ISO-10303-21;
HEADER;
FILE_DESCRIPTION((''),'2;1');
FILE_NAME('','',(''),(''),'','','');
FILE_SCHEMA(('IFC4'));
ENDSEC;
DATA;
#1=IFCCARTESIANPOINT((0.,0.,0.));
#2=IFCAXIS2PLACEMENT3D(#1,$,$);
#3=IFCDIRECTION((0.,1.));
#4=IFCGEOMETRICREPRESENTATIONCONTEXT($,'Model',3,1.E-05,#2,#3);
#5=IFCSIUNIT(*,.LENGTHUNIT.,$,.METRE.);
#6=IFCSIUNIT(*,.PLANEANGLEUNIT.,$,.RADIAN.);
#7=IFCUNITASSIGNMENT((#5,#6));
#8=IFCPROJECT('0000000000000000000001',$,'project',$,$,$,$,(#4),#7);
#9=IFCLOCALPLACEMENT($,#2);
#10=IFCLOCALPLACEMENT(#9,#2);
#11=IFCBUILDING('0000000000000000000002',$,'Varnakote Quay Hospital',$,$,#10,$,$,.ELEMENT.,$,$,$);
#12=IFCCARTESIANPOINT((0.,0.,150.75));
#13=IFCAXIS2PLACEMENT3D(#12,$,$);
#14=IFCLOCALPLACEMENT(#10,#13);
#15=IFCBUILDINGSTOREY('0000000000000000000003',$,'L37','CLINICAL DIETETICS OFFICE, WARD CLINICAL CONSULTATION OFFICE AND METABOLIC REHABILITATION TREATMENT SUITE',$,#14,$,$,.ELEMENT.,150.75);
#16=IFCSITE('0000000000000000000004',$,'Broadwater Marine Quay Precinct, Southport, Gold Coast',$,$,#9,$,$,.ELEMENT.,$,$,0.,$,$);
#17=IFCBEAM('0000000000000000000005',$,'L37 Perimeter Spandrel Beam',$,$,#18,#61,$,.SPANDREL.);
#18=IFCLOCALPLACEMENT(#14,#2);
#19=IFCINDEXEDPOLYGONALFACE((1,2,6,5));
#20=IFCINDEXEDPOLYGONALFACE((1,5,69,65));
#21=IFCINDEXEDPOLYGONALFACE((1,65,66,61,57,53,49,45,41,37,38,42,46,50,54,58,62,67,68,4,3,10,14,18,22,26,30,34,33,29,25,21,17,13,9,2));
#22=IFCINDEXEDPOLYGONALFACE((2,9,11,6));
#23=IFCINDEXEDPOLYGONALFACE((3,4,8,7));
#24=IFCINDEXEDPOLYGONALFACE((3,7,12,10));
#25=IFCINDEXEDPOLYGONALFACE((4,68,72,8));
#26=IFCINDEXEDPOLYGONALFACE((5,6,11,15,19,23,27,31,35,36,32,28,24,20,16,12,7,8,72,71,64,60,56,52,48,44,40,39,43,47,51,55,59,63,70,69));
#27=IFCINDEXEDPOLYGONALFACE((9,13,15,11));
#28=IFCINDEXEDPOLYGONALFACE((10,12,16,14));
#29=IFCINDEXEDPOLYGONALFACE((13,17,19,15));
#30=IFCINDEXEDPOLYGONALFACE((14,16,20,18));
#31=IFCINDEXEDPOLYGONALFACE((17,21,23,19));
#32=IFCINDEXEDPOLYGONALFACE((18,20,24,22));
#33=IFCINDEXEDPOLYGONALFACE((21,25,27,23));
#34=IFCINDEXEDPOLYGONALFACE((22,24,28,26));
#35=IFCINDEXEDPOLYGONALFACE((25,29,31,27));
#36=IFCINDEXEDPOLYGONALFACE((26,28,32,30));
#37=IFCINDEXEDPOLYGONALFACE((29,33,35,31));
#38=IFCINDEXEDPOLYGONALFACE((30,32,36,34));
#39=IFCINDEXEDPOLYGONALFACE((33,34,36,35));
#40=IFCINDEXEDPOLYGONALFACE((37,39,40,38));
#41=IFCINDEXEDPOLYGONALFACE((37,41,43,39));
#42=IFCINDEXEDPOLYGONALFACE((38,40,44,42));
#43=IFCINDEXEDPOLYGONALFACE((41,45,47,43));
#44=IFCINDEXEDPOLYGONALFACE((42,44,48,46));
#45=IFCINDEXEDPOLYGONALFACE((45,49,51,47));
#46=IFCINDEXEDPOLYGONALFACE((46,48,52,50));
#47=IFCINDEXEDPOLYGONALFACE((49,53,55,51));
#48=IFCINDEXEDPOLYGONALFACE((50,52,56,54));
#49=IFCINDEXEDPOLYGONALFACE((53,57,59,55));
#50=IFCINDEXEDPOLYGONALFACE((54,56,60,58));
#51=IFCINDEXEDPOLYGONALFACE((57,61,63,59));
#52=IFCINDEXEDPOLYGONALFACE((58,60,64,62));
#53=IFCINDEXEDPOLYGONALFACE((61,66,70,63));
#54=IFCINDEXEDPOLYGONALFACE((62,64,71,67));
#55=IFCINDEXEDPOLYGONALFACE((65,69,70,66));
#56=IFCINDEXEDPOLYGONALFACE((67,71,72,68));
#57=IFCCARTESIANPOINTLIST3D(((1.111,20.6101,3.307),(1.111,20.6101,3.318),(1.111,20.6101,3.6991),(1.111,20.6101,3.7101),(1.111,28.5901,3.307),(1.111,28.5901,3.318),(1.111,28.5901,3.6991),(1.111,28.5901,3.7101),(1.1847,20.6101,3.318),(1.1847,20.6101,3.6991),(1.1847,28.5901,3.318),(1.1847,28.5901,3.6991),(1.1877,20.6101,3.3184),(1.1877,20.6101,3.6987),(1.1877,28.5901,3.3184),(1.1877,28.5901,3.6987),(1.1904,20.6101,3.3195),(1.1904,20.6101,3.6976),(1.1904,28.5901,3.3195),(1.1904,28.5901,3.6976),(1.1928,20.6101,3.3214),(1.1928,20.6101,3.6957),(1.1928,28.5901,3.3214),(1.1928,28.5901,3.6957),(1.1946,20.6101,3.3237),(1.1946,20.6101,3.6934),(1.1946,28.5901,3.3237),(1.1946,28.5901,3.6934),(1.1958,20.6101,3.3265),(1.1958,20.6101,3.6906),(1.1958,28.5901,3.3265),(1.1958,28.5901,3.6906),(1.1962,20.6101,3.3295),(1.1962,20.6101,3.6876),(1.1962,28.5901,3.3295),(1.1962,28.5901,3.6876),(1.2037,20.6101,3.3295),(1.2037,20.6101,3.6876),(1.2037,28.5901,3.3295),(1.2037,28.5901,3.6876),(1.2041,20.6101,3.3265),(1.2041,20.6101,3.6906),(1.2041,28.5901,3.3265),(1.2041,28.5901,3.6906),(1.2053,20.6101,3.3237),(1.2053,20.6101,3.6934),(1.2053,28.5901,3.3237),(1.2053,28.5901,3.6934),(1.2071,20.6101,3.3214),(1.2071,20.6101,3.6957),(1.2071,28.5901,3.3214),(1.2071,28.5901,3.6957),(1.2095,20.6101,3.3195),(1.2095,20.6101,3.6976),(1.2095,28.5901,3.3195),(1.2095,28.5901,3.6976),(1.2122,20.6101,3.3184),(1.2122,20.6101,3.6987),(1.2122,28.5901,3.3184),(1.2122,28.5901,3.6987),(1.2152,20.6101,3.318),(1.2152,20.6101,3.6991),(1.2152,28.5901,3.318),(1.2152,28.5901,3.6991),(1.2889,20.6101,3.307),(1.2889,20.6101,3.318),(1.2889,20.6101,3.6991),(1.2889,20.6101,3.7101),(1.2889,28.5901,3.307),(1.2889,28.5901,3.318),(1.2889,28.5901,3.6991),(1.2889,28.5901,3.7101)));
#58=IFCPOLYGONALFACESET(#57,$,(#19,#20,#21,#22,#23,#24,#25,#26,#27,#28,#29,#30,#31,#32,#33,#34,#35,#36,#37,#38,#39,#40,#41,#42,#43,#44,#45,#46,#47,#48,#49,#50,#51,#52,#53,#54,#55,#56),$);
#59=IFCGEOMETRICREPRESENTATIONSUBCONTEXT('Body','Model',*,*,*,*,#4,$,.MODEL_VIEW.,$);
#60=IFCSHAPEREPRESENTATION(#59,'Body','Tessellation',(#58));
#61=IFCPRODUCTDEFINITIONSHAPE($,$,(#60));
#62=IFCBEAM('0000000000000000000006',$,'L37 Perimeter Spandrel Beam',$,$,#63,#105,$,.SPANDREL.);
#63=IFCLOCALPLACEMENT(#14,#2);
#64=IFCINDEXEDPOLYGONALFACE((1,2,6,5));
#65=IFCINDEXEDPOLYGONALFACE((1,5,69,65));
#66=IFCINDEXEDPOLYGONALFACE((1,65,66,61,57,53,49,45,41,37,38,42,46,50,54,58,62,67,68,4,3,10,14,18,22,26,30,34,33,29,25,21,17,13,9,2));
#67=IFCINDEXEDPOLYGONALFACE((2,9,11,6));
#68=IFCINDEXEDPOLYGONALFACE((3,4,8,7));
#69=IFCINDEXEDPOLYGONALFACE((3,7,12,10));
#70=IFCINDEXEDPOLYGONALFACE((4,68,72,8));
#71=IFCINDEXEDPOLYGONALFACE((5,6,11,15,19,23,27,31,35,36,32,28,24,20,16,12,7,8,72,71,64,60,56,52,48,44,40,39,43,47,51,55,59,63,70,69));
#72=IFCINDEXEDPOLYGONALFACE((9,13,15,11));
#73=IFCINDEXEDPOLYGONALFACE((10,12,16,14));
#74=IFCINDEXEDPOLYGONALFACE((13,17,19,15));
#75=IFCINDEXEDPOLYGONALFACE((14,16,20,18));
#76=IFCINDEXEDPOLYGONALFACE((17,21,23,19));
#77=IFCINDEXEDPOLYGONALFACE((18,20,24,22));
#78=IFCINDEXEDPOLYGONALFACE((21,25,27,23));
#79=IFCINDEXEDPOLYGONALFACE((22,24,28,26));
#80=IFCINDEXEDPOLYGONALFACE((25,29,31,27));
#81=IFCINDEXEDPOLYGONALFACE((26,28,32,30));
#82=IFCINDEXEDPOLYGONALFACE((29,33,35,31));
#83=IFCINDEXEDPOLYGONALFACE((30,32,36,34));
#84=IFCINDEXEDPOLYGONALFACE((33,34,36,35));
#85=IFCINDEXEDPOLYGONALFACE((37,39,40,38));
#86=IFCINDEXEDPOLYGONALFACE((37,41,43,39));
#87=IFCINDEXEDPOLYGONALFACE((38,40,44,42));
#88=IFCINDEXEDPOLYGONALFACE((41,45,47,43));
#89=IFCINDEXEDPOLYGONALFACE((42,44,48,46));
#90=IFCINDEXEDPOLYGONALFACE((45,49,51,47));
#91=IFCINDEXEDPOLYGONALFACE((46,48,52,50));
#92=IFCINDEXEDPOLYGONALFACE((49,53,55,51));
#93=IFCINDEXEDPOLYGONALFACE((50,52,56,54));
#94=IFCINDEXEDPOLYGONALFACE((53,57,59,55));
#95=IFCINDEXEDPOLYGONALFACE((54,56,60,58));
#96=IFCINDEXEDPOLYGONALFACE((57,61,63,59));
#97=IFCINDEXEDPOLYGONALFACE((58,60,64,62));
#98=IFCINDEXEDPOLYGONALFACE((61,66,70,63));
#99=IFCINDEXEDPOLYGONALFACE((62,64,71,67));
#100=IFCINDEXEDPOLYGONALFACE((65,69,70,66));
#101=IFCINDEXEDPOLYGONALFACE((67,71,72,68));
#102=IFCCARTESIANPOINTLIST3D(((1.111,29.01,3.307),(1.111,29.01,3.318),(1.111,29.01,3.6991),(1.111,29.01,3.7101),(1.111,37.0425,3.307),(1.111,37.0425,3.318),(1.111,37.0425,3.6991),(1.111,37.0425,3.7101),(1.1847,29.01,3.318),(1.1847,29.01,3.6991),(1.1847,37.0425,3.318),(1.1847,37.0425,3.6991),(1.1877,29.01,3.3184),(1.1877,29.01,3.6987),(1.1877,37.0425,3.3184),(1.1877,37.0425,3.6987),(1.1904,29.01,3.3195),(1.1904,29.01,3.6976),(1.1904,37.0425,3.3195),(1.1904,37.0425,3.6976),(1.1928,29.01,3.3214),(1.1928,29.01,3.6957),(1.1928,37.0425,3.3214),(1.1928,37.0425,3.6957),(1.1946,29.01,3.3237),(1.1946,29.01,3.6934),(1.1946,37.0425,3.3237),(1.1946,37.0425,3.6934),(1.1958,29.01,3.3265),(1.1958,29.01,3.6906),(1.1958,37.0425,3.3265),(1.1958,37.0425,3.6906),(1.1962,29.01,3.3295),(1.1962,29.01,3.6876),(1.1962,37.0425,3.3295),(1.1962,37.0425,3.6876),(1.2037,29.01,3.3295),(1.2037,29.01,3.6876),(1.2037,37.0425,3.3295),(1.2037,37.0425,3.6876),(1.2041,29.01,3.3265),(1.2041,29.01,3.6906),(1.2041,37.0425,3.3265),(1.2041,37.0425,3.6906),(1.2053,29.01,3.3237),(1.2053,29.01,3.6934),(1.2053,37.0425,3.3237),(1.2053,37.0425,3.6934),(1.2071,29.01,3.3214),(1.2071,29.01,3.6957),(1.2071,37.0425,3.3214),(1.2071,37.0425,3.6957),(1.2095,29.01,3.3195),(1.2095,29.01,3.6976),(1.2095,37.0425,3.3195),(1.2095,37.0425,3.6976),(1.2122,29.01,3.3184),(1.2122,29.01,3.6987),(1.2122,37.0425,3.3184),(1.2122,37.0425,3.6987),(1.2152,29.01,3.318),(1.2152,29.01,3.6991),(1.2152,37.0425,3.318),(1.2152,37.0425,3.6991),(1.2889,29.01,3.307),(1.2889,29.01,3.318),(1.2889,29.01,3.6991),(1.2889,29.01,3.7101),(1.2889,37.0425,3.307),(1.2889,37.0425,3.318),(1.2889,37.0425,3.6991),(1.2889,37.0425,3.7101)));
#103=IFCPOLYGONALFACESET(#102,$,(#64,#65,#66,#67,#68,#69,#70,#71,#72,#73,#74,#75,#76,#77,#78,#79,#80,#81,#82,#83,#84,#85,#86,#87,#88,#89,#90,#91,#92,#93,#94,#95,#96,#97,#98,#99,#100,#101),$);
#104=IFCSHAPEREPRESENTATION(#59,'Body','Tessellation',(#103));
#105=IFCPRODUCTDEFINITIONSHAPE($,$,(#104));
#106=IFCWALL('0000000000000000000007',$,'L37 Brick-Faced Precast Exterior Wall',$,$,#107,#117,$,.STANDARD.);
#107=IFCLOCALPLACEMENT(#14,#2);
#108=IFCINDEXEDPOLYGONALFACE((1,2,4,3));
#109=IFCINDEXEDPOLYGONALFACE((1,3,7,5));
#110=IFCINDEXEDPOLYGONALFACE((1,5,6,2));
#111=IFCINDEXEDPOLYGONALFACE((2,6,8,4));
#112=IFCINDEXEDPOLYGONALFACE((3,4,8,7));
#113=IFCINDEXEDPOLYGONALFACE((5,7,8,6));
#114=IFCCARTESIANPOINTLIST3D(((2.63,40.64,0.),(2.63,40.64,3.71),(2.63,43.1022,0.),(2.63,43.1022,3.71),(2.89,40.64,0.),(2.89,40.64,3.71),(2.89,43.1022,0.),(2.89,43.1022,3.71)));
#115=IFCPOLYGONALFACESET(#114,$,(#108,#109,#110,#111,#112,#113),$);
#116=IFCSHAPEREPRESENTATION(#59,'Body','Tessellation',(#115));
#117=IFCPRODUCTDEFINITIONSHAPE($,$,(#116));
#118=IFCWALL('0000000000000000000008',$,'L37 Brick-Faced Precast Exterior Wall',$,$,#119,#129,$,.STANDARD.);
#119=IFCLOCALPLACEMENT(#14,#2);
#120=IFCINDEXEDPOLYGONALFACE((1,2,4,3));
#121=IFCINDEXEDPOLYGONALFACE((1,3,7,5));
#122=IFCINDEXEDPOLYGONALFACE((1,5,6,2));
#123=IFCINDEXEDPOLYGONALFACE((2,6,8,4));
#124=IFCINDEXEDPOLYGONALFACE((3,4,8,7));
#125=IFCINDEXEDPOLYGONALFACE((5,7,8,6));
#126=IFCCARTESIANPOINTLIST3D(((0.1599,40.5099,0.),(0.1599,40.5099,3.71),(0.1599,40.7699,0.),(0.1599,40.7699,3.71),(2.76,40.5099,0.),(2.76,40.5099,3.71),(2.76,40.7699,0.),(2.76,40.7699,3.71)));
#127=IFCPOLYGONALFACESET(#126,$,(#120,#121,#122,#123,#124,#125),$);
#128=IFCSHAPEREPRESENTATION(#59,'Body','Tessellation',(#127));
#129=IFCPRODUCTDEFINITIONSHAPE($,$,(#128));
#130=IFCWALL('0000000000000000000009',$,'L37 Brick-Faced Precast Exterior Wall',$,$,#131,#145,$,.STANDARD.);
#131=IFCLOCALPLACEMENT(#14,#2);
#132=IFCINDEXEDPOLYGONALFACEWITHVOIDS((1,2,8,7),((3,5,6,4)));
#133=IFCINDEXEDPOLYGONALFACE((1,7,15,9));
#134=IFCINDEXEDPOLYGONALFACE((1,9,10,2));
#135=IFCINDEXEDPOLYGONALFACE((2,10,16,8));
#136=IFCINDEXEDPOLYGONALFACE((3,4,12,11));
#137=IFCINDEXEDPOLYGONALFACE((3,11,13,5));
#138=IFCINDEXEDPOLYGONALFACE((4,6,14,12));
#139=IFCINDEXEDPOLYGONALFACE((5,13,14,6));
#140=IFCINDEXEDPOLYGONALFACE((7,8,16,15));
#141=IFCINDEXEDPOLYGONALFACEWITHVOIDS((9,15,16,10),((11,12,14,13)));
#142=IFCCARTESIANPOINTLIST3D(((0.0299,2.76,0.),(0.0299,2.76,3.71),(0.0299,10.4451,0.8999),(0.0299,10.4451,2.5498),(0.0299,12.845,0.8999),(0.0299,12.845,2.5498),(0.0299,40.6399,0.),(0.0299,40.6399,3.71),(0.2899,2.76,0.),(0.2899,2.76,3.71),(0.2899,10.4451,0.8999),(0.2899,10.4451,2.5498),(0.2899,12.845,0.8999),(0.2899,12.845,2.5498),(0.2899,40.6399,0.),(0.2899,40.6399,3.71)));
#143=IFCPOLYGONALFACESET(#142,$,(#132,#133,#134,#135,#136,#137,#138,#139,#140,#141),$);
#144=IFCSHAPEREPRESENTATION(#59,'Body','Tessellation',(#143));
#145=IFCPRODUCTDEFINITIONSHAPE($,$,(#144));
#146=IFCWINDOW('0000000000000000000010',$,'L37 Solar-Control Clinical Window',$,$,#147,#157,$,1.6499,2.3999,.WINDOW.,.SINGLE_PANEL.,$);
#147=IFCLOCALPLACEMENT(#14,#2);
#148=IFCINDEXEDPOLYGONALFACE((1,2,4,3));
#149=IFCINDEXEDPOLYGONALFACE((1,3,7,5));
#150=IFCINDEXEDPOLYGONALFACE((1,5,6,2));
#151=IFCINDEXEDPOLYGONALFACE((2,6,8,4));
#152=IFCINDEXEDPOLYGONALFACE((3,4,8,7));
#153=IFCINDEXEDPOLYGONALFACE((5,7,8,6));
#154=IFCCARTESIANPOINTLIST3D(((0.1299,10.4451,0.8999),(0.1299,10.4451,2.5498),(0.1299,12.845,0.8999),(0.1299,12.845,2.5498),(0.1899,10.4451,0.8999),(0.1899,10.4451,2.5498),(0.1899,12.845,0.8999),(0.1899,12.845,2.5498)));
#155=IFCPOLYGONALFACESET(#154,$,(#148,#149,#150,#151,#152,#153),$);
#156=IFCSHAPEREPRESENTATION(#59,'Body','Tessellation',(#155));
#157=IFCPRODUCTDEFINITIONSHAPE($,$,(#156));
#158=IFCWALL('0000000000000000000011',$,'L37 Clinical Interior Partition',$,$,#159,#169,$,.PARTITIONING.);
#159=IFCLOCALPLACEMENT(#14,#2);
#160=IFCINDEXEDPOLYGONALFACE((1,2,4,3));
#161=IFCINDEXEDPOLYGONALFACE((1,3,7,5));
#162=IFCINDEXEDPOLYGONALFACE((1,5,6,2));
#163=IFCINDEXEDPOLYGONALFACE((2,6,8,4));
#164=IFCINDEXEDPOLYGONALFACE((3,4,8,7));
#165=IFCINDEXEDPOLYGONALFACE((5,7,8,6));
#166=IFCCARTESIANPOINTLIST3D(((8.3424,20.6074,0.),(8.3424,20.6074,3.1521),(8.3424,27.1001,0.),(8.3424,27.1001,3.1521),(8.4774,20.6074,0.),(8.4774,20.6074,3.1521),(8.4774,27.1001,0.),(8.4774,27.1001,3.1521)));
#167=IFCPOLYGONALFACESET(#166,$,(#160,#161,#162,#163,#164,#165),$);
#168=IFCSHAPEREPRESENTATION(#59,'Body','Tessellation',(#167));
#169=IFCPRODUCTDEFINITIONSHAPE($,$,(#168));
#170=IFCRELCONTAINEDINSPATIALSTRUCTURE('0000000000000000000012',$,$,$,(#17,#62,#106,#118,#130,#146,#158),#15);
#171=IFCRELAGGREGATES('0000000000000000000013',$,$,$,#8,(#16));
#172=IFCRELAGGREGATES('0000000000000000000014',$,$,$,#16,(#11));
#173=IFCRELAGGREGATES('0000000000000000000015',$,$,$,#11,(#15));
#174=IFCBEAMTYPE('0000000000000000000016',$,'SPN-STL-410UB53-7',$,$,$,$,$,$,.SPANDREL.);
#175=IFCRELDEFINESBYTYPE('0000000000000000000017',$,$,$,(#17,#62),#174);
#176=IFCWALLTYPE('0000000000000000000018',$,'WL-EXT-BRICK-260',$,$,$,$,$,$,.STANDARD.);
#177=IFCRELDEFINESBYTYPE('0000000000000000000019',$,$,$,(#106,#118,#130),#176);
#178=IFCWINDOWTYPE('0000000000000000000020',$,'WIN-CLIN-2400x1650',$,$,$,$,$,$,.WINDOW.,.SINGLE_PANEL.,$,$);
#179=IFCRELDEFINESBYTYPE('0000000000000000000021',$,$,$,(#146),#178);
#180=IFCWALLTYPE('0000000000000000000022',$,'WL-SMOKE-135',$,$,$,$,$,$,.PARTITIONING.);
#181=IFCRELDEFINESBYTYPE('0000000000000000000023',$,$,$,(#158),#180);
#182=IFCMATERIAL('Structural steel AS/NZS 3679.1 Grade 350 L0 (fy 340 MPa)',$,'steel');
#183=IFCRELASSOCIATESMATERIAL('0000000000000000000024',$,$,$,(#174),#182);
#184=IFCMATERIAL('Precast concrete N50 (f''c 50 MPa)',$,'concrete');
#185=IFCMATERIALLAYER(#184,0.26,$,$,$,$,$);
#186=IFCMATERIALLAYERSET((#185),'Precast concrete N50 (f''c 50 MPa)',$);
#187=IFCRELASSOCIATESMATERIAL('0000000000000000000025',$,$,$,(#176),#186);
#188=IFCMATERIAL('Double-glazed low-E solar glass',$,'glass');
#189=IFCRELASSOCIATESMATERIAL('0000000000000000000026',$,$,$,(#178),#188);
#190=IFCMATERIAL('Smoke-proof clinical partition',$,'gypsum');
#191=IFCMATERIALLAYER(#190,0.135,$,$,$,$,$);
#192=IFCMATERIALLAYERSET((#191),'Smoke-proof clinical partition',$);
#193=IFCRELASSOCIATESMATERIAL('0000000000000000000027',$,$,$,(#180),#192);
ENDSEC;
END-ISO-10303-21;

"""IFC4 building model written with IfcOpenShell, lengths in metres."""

from ifc_helpers import new_model, si_unit, direction, frame, frame_2d, origin, origin_2d, place, context, subcontext, project, spatial, rectangle, i_section, extrude, material, layer, layer_set, material_profile, profile_set, type_object, element, fill, save


model = new_model("IFC4")

# Units and contexts
model_context = context("Model", 3, precision=1e-05, world=origin(), true_north=direction((0.0, 1.0)))
body_context = subcontext(model_context, "Body", "Model", "MODEL_VIEW")
ifc_project = project(units=[si_unit("LENGTHUNIT", "METRE"), si_unit("PLANEANGLEUNIT", "RADIAN")], contexts=[model_context])

# Site, building, storey
site_placement = place(None, origin())
site = spatial("IfcSite", under=ifc_project, at=site_placement, Name="Broadwater Marine Quay Precinct, Southport, Gold Coast", CompositionType="ELEMENT", RefElevation=0.0)
building_placement = place(site_placement, origin())
building = spatial("IfcBuilding", under=site, at=building_placement, Name="Varnakote Quay Hospital", CompositionType="ELEMENT")
storey_placement = place(building_placement, frame((0.0, 0.0, 150.75)))
storey = spatial("IfcBuildingStorey", under=building, at=storey_placement, Name="L37", Description="CLINICAL DIETETICS OFFICE, WARD CLINICAL CONSULTATION OFFICE AND METABOLIC REHABILITATION TREATMENT SUITE", CompositionType="ELEMENT", Elevation=150.75)

# Beams
ifc_material_1 = material(Name="Structural steel AS/NZS 3679.1 Grade 350 L0 (fy 340 MPa)", Category="steel")
ifc_material_profile_1 = material_profile(ifc_material_1, i_section(OverallWidth=0.178, OverallDepth=0.4031, WebThickness=0.0076, FlangeThickness=0.011, FilletRadius=0.0115, at=origin_2d()), Name="410UB53.7")
ifc_profile_set_1 = profile_set([ifc_material_profile_1], Name="Structural steel AS/NZS 3679.1 Grade 350 L0 (fy 340 MPa)")
beam_type_1 = type_object("IfcBeamType", Name="SPN-STL-410UB53-7", PredefinedType="SPANDREL", material=ifc_profile_set_1)
beam_1_placement = place(storey_placement, frame((1.2, 20.6101, 3.5085), z_axis=(0.0, 1.0, 0.0), x_axis=(-1.0, 0.0, 0.0)))
element("IfcBeam", 1, at=beam_1_placement, inside=storey, type_object=beam_type_1, Name="L37 Perimeter Spandrel Beam", PredefinedType="SPANDREL", context=body_context, shape_type="SweptSolid", body=[
    extrude(i_section(OverallWidth=0.178, OverallDepth=0.4031, WebThickness=0.0076, FlangeThickness=0.011, FilletRadius=0.0115, at=origin_2d()), origin(), (0.0, 0.0, 1.0), 7.98),
])
beam_2_placement = place(storey_placement, frame((1.2, 29.01, 3.5085), z_axis=(0.0, 1.0, 0.0), x_axis=(-1.0, 0.0, 0.0)))
element("IfcBeam", 2, at=beam_2_placement, inside=storey, type_object=beam_type_1, Name="L37 Perimeter Spandrel Beam", PredefinedType="SPANDREL", context=body_context, shape_type="SweptSolid", body=[
    extrude(i_section(OverallWidth=0.178, OverallDepth=0.4031, WebThickness=0.0076, FlangeThickness=0.011, FilletRadius=0.0115, at=origin_2d()), origin(), (0.0, 0.0, 1.0), 8.0325),
])

# Walls
ifc_material_2 = material(Name="Precast concrete N50 (f'c 50 MPa)", Category="concrete")
ifc_layer_1 = layer(ifc_material_2, 0.26)
ifc_layer_set_1 = layer_set([ifc_layer_1], Name="Precast concrete N50 (f'c 50 MPa)")
wall_type_1 = type_object("IfcWallType", Name="WL-EXT-BRICK-260", PredefinedType="STANDARD", material=ifc_layer_set_1)
wall_1_placement = place(storey_placement, frame((2.76, 43.1021, 0.0), z_axis=(0.0, 0.0, 1.0), x_axis=(0.0, -1.0, 0.0)))
element("IfcWall", 3, at=wall_1_placement, inside=storey, type_object=wall_type_1, Name="L37 Brick-Faced Precast Exterior Wall", PredefinedType="STANDARD", context=body_context, shape_type="SweptSolid", body=[
    extrude(rectangle(XDim=2.4622, YDim=0.26, at=frame_2d((1.231, 0.0))), origin(), (0.0, 0.0, 1.0), 3.71),
])
wall_2_placement = place(storey_placement, frame((2.76, 40.6399, 0.0), z_axis=(0.0, 0.0, 1.0), x_axis=(-1.0, 0.0, 0.0)))
element("IfcWall", 4, at=wall_2_placement, inside=storey, type_object=wall_type_1, Name="L37 Brick-Faced Precast Exterior Wall", PredefinedType="STANDARD", context=body_context, shape_type="SweptSolid", body=[
    extrude(rectangle(XDim=2.6001, YDim=0.26, at=frame_2d((1.3, 0.0))), origin(), (0.0, 0.0, 1.0), 3.71),
])

# Wall, opening, window
wall_3_placement = place(storey_placement, frame((0.1599, 40.6399, 0.0), z_axis=(0.0, 0.0, 1.0), x_axis=(0.0, -1.0, 0.0)))
wall_3 = element("IfcWall", 5, at=wall_3_placement, inside=storey, type_object=wall_type_1, Name="L37 Brick-Faced Precast Exterior Wall", PredefinedType="STANDARD", context=body_context, shape_type="SweptSolid", body=[
    extrude(rectangle(XDim=37.8799, YDim=0.26, at=frame_2d((18.9399, 0.0))), origin(), (0.0, 0.0, 1.0), 3.71),
])
opening_1_placement = place(wall_3_placement, frame((27.7949, 0.0, 0.8999)))
opening_1 = element("IfcOpeningElement", 6, at=opening_1_placement, cuts=wall_3, PredefinedType="OPENING", context=body_context, shape_type="SweptSolid", body=[
    extrude(rectangle(XDim=2.3999, YDim=1.6499, at=frame_2d((1.2, 0.825))), frame((0.0, 0.1399, 0.0), z_axis=(0.0, -1.0, 0.0), x_axis=(1.0, 0.0, 0.0)), (0.0, 0.0, 1.0), 0.28),
])
ifc_material_3 = material(Name="Double-glazed low-E solar glass", Category="glass")
window_type = type_object("IfcWindowType", Name="WIN-CLIN-2400x1650", PartitioningType="SINGLE_PANEL", PredefinedType="WINDOW", material=ifc_material_3)
window_placement = place(opening_1_placement, origin())
window = element("IfcWindow", 7, at=window_placement, inside=storey, type_object=window_type, Name="L37 Solar-Control Clinical Window", OverallHeight=1.6499, OverallWidth=2.3999, PartitioningType="SINGLE_PANEL", PredefinedType="WINDOW", context=body_context, shape_type="SweptSolid", body=[
    extrude(rectangle(XDim=2.3999, YDim=1.6499, at=frame_2d((1.2, 0.825))), frame((0.0, 0.03, 0.0), z_axis=(0.0, -1.0, 0.0), x_axis=(1.0, 0.0, 0.0)), (0.0, 0.0, 1.0), 0.0601),
])
fill(opening_1, window)

# Wall
ifc_material_4 = material(Name="Smoke-proof clinical partition", Category="gypsum")
ifc_layer_2 = layer(ifc_material_4, 0.135)
ifc_layer_set_2 = layer_set([ifc_layer_2], Name="Smoke-proof clinical partition")
wall_type_2 = type_object("IfcWallType", Name="WL-SMOKE-135", PredefinedType="PARTITIONING", material=ifc_layer_set_2)
wall_4_placement = place(storey_placement, frame((8.4099, 20.6074, 0.0), z_axis=(0.0, 0.0, 1.0), x_axis=(0.0, 1.0, 0.0)))
element("IfcWall", 8, at=wall_4_placement, inside=storey, type_object=wall_type_2, Name="L37 Clinical Interior Partition", PredefinedType="PARTITIONING", context=body_context, shape_type="SweptSolid", body=[
    extrude(rectangle(XDim=6.4927, YDim=0.135, at=frame_2d((3.2463, 0.0))), origin(), (0.0, 0.0, 1.0), 3.1521),
])

save(model, "model.ifc")
